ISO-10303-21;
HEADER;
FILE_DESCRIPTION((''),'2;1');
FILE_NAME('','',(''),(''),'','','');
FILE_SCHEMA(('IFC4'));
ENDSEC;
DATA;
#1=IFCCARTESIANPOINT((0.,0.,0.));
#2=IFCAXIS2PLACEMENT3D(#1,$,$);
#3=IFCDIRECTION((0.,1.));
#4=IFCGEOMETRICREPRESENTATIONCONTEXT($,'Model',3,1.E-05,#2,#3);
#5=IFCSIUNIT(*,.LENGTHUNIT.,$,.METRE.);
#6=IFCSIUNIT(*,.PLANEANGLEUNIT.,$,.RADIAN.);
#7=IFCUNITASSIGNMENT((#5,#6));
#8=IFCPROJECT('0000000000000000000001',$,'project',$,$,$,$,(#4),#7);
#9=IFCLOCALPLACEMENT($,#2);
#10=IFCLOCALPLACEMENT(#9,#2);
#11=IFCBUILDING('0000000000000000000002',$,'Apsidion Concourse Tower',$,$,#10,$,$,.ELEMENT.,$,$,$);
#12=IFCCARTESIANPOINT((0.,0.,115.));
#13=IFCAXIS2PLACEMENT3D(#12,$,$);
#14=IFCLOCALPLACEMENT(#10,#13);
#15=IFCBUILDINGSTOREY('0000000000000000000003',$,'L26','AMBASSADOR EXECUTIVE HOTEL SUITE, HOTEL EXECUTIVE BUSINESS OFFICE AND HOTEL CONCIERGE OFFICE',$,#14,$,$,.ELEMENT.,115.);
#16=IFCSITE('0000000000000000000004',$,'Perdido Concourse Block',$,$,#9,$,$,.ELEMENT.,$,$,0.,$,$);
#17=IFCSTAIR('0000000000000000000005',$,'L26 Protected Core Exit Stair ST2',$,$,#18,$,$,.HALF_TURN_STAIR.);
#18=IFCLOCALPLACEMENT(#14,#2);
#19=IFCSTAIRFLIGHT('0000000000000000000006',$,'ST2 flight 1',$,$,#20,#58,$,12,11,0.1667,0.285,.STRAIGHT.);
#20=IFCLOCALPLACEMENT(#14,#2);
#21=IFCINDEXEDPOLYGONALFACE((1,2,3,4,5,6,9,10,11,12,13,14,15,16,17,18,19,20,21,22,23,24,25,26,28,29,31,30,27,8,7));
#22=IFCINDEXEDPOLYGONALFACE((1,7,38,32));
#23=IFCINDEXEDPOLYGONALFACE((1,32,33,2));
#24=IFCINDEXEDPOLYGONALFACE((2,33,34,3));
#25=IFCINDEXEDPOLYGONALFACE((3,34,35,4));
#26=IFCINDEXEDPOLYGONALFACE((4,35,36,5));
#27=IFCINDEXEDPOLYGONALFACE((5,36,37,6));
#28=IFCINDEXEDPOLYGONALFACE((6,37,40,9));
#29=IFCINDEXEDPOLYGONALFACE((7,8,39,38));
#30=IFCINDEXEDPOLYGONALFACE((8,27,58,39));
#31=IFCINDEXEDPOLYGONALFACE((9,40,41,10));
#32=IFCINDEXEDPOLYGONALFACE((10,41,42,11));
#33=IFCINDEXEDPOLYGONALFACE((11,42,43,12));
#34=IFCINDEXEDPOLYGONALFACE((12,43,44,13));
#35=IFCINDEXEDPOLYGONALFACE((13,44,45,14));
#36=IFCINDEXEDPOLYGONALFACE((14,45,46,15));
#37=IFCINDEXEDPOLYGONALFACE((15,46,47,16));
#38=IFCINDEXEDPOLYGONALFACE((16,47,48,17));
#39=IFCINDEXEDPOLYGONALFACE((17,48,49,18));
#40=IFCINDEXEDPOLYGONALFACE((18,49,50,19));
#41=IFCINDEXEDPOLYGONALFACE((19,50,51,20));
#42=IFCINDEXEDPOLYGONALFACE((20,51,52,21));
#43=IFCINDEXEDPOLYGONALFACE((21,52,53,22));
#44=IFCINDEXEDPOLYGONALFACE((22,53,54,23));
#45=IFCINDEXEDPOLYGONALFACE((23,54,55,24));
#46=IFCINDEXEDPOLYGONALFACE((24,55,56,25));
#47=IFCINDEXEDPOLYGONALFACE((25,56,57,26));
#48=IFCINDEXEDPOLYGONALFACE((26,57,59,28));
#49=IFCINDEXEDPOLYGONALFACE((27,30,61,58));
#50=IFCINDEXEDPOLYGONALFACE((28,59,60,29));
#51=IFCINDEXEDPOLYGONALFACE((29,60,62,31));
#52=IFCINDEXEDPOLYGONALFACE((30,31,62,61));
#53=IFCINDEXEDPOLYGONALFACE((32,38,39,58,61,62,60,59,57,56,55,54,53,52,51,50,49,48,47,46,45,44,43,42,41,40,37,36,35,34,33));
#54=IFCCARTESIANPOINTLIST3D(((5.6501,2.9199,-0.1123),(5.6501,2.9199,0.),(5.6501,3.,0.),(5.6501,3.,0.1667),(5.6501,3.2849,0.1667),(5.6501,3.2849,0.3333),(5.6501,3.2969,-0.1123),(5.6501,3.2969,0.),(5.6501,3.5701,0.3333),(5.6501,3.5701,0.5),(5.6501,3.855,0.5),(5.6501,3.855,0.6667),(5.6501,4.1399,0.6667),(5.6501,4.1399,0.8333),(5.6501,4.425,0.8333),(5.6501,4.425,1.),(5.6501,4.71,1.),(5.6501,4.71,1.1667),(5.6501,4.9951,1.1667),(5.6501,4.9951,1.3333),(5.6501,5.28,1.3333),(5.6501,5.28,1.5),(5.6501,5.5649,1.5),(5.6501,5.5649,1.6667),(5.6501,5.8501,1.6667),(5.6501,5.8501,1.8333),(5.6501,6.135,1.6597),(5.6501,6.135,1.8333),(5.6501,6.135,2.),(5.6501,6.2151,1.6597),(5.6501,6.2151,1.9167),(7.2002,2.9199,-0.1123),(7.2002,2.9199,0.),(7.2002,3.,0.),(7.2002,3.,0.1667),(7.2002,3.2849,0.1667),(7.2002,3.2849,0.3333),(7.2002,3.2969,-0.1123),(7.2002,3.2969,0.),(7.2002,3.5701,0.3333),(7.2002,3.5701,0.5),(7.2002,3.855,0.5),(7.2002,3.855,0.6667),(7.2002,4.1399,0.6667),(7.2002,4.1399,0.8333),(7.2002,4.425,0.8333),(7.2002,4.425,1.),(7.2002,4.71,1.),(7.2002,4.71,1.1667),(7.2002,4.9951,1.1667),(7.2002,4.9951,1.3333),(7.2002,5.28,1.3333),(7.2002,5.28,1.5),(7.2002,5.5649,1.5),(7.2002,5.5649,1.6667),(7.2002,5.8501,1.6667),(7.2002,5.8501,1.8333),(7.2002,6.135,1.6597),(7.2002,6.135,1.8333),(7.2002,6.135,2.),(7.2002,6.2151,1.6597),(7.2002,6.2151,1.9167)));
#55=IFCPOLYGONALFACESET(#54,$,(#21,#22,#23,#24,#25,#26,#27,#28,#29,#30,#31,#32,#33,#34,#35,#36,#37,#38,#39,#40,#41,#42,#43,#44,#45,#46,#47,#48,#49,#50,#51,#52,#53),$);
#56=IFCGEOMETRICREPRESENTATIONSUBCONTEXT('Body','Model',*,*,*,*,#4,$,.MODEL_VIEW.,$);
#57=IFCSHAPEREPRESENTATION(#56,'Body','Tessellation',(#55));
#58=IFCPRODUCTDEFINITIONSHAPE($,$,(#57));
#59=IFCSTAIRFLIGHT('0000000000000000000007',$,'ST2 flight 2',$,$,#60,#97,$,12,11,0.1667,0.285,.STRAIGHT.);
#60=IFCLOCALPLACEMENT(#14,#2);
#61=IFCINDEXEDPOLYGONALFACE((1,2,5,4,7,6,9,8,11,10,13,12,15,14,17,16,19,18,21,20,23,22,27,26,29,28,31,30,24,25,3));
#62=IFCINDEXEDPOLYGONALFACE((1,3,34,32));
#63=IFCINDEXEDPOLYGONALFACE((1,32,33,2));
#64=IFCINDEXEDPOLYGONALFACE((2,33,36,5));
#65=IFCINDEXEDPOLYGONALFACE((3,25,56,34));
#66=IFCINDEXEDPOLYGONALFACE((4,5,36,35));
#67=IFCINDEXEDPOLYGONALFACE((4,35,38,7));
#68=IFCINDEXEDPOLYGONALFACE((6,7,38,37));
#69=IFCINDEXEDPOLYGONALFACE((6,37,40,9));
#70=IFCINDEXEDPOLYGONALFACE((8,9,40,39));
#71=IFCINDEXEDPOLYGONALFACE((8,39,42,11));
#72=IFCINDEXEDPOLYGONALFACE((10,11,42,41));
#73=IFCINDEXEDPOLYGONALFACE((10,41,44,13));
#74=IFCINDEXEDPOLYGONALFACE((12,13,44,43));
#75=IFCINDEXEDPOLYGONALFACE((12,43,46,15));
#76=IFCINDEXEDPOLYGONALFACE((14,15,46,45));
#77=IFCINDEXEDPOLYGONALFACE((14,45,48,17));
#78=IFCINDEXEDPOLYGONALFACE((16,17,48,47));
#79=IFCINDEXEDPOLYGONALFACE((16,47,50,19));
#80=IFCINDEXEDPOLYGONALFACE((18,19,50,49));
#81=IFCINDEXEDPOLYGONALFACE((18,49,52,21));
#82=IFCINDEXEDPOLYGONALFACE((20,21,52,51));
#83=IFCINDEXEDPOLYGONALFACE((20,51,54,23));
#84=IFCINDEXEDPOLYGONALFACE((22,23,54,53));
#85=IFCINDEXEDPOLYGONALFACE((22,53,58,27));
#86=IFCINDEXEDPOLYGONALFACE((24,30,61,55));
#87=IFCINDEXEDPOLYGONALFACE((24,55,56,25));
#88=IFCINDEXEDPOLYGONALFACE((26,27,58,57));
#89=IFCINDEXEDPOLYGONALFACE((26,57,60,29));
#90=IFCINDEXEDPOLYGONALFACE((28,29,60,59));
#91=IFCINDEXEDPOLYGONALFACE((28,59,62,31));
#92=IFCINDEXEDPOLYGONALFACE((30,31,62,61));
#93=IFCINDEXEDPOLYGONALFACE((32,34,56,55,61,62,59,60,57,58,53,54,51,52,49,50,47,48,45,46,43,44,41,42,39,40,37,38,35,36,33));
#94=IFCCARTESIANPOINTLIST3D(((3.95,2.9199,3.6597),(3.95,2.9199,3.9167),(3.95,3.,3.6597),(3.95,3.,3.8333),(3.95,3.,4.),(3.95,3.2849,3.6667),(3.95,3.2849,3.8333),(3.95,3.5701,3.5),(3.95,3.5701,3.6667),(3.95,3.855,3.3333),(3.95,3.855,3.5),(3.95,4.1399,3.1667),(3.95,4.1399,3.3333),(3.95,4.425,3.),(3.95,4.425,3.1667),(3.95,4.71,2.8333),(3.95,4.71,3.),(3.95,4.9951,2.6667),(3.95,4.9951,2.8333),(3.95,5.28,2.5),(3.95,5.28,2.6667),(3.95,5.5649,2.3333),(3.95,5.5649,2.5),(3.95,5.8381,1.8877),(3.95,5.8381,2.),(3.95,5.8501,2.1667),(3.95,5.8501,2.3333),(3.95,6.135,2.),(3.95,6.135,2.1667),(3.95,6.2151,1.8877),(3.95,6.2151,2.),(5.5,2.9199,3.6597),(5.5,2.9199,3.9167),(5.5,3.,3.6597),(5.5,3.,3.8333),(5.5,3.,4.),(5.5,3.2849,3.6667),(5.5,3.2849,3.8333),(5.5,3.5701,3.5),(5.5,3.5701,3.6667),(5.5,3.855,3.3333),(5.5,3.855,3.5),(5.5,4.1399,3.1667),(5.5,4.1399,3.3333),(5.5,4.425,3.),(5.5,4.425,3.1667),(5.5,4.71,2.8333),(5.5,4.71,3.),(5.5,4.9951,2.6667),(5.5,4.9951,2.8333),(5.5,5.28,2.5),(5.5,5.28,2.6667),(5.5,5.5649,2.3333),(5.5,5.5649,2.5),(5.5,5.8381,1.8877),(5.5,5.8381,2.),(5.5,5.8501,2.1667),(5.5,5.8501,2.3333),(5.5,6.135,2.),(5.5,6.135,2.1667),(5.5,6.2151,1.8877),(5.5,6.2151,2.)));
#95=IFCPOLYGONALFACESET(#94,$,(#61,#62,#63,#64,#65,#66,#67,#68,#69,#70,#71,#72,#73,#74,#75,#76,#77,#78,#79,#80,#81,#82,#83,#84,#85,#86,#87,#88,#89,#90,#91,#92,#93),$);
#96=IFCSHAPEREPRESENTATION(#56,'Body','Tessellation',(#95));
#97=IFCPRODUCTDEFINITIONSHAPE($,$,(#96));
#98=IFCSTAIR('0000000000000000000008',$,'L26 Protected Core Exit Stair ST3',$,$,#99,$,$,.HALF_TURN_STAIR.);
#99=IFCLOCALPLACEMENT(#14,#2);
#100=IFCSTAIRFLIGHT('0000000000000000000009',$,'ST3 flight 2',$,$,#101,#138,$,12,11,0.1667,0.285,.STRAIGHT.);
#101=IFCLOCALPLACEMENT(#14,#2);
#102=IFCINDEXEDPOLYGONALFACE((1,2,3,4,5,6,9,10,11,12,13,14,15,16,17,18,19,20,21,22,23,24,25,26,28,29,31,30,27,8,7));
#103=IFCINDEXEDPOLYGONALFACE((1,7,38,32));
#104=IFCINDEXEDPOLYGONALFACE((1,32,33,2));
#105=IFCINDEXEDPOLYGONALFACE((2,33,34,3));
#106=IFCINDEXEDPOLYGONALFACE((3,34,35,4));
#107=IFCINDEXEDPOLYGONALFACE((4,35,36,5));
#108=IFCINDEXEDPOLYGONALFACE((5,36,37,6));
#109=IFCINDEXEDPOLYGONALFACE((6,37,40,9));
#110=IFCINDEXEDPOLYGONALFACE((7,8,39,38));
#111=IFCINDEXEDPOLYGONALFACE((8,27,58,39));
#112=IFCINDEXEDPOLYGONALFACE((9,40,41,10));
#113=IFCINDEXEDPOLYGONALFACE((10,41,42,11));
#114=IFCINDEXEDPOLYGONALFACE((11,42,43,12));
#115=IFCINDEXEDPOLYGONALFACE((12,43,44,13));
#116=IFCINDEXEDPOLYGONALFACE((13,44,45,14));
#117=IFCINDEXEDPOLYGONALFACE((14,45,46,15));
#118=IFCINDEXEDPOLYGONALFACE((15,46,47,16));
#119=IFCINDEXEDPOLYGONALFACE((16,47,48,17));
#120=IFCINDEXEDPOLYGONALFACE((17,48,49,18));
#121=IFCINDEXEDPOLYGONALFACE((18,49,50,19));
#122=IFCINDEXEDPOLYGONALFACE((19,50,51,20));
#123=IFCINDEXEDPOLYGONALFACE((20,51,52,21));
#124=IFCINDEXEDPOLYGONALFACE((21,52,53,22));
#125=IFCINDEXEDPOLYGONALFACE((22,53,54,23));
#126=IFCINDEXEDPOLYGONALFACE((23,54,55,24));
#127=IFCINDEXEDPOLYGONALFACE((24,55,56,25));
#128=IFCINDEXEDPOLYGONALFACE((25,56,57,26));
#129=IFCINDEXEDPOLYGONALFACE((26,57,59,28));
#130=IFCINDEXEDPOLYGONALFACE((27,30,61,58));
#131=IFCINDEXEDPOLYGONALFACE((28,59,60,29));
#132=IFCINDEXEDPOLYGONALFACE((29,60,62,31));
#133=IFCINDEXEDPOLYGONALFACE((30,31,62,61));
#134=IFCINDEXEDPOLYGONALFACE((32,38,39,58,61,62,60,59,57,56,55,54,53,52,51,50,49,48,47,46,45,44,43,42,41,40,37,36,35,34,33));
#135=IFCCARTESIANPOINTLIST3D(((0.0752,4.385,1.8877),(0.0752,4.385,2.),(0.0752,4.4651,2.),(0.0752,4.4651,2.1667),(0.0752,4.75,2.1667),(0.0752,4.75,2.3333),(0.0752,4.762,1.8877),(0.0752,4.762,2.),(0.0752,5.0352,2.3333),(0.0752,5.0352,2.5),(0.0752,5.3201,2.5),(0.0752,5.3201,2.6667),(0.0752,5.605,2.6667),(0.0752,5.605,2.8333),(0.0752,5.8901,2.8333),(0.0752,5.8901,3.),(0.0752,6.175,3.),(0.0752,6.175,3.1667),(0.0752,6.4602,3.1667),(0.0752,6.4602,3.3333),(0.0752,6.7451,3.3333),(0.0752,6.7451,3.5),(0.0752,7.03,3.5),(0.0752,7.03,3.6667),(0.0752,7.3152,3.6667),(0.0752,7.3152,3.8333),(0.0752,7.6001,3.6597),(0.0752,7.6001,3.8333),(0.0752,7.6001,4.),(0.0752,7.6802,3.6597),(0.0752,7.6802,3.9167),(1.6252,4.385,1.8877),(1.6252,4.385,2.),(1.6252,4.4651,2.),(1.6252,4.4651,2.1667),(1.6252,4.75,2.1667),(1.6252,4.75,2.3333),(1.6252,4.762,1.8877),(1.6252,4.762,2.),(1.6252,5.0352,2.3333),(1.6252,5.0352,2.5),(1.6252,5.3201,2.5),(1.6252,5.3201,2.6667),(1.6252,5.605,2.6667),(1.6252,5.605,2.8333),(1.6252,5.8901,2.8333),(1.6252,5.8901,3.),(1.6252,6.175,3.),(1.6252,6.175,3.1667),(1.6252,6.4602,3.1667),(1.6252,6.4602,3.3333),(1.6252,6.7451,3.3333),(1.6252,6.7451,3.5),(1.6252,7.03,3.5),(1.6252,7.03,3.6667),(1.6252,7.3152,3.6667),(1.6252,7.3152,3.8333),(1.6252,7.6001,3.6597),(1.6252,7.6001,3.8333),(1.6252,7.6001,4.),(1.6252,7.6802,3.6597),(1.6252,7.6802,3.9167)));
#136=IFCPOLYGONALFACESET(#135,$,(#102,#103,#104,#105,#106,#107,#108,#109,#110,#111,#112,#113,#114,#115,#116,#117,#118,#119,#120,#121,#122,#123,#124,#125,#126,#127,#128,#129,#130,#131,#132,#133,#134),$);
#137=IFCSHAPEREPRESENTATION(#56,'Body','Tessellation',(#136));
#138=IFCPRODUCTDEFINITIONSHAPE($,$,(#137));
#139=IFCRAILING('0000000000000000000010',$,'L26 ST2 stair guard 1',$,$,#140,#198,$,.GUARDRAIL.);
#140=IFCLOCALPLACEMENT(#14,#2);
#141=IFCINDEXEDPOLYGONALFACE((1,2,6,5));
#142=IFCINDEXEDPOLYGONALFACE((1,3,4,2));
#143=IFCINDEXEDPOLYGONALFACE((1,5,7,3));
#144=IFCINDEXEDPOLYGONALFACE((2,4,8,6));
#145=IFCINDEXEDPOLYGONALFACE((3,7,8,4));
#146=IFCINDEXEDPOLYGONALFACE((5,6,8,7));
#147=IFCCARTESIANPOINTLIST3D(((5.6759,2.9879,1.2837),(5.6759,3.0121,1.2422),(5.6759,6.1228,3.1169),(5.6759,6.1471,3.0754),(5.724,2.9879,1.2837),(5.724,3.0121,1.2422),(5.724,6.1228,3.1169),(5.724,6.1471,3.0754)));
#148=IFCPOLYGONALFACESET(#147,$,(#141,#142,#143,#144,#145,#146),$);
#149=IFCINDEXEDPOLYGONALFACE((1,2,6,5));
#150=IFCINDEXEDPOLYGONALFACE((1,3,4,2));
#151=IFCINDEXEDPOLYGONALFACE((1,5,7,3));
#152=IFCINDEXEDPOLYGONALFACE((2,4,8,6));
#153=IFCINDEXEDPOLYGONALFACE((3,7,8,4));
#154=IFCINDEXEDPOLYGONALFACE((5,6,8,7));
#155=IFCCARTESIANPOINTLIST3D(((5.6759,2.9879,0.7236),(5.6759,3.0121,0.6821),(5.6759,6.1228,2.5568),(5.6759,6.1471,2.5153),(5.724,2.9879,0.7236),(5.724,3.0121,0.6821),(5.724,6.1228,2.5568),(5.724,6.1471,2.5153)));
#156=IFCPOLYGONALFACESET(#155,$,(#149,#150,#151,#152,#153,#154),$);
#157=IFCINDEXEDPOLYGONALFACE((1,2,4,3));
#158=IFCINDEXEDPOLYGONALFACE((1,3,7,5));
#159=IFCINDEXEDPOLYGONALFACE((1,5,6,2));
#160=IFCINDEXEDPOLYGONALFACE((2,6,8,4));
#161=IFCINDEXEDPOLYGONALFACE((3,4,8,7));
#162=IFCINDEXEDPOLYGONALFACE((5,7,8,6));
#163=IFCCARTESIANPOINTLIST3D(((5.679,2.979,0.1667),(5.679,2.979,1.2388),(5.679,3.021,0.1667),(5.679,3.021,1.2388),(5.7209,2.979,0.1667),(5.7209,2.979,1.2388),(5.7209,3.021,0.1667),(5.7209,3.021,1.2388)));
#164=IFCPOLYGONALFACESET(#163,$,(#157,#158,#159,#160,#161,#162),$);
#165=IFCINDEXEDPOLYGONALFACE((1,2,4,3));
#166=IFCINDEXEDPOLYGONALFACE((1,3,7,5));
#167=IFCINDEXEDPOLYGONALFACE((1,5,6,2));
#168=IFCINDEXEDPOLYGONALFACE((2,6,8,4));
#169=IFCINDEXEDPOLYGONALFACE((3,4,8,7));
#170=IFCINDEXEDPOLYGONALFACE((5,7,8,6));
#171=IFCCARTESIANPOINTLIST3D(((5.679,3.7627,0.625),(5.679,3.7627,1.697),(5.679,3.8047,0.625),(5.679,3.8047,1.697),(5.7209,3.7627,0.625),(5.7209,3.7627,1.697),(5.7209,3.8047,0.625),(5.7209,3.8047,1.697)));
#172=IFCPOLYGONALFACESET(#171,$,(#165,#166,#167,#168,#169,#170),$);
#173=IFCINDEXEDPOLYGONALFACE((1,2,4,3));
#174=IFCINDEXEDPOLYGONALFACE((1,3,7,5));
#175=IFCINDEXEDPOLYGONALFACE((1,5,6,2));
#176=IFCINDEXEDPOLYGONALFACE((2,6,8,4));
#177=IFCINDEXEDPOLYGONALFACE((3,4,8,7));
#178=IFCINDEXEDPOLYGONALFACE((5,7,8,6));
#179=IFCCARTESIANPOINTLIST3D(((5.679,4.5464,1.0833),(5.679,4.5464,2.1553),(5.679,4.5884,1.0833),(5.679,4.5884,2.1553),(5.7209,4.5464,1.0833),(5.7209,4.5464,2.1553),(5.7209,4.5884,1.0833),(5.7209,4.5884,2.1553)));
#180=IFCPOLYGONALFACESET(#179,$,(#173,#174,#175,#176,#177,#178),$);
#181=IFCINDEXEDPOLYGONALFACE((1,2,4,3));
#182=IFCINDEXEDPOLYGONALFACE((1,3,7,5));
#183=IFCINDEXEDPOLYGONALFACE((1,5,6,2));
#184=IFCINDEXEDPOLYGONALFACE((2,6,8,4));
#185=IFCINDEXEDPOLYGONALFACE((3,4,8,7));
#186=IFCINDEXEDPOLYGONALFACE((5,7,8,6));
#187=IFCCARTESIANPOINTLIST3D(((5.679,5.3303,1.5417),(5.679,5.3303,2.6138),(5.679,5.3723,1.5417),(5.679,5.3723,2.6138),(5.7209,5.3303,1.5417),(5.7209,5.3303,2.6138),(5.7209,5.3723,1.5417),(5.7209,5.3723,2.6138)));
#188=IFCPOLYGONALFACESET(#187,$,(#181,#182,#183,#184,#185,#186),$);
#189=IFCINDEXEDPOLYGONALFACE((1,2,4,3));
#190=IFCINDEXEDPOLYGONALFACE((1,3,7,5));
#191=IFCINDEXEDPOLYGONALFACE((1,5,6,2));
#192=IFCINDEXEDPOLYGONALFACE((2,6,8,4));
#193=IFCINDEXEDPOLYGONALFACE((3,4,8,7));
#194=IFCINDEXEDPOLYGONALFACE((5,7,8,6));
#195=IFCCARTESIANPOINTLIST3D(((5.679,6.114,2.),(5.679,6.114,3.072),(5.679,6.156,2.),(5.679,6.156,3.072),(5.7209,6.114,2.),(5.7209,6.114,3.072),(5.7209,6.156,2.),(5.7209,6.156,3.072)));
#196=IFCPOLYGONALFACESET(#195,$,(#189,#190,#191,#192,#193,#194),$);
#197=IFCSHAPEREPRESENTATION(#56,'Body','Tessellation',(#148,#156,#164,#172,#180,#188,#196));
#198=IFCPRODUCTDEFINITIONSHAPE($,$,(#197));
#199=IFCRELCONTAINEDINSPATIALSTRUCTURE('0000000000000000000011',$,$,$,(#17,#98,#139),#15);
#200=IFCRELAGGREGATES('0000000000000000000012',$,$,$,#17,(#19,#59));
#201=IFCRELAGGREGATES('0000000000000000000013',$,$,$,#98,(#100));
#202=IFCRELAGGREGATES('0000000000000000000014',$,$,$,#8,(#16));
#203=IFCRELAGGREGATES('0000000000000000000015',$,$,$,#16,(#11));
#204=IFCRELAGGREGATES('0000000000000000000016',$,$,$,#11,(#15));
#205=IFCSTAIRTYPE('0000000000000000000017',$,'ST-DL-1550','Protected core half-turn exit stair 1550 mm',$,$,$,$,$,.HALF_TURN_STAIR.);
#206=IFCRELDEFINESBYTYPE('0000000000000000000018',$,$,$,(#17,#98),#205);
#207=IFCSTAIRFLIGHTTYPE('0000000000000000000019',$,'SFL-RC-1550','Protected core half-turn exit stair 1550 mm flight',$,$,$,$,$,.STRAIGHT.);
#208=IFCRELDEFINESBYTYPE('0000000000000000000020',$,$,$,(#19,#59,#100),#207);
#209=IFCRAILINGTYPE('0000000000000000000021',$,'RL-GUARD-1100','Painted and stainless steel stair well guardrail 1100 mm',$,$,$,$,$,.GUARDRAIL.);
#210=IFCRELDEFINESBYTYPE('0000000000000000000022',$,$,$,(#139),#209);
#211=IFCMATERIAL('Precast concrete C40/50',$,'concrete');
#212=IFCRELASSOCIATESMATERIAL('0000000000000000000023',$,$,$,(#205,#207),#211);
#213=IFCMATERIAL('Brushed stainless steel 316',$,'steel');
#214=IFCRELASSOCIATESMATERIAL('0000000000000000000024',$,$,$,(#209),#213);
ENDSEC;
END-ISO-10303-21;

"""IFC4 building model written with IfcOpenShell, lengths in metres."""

from ifc_helpers import new_model, si_unit, direction, frame, origin, origin_2d, place, context, subcontext, project, spatial, polyline, rectangle, outline, extrude, material, type_object, element, aggregate, save


model = new_model("IFC4")

# Units and contexts
model_context = context("Model", 3, precision=1e-05, world=origin(), true_north=direction((0.0, 1.0)))
body_context = subcontext(model_context, "Body", "Model", "MODEL_VIEW")
ifc_project = project(units=[si_unit("LENGTHUNIT", "METRE"), si_unit("PLANEANGLEUNIT", "RADIAN")], contexts=[model_context])

# Site, building, storey
site_placement = place(None, origin())
site = spatial("IfcSite", under=ifc_project, at=site_placement, Name="Perdido Concourse Block", CompositionType="ELEMENT", RefElevation=0.0)
building_placement = place(site_placement, origin())
building = spatial("IfcBuilding", under=site, at=building_placement, Name="Apsidion Concourse Tower", CompositionType="ELEMENT")
storey_placement = place(building_placement, frame((0.0, 0.0, 115.0)))
storey = spatial("IfcBuildingStorey", under=building, at=storey_placement, Name="L26", Description="AMBASSADOR EXECUTIVE HOTEL SUITE, HOTEL EXECUTIVE BUSINESS OFFICE AND HOTEL CONCIERGE OFFICE", CompositionType="ELEMENT", Elevation=115.0)

# Stair, stair flights
ifc_material_1 = material(Name="Precast concrete C40/50", Category="concrete")
stair_type = type_object("IfcStairType", Name="ST-DL-1550", Description="Protected core half-turn exit stair 1550 mm", PredefinedType="HALF_TURN_STAIR", material=ifc_material_1)
stair_1_placement = place(storey_placement, origin())
stair_1 = element("IfcStair", 1, at=stair_1_placement, inside=storey, type_object=stair_type, Name="L26 Protected Core Exit Stair ST2", PredefinedType="HALF_TURN_STAIR")
stair_flight_type = type_object("IfcStairFlightType", Name="SFL-RC-1550", Description="Protected core half-turn exit stair 1550 mm flight", PredefinedType="STRAIGHT", material=ifc_material_1)
stair_flight_1_placement = place(storey_placement, frame((6.425, 3.0, 0.0), z_axis=(0.0, 0.0, 1.0), x_axis=(0.0, 1.0, 0.0)))
stair_flight_1 = element("IfcStairFlight", 2, at=stair_flight_1_placement, type_object=stair_flight_type, Name="ST2 flight 1", NumberOfRisers=12, NumberOfTreads=11, PredefinedType="STRAIGHT", RiserHeight=0.1667, TreadLength=0.285, context=body_context, shape_type="SweptSolid", body=[
    extrude(outline(polyline([(-0.0801, -0.1123), (-0.0801, 0.0), (0.0, 0.0), (0.0, 0.1667), (0.2849, 0.1667), (0.2849, 0.3333), (0.5701, 0.3333), (0.5701, 0.5), (0.855, 0.5), (0.855, 0.6667), (1.1399, 0.6667), (1.1399, 0.8333), (1.425, 0.8333), (1.425, 1.0), (1.71, 1.0), (1.71, 1.1667), (1.9951, 1.1667), (1.9951, 1.3333), (2.28, 1.3333), (2.28, 1.5), (2.5649, 1.5), (2.5649, 1.6667), (2.8501, 1.6667), (2.8501, 1.8333), (3.135, 1.8333), (3.135, 2.0), (3.2151, 1.9167), (3.2151, 1.6597), (3.135, 1.6597), (0.2969, 0.0), (0.2969, -0.1123), (-0.0801, -0.1123)])), frame((0.0, 0.7749, 0.0), z_axis=(0.0, -1.0, 0.0), x_axis=(1.0, 0.0, 0.0)), (0.0, 0.0, 1.0), 1.55),
])
stair_flight_2_placement = place(storey_placement, frame((4.7251, 6.135, 2.0), z_axis=(0.0, 0.0, 1.0), x_axis=(0.0, -1.0, 0.0)))
stair_flight_2 = element("IfcStairFlight", 3, at=stair_flight_2_placement, type_object=stair_flight_type, Name="ST2 flight 2", NumberOfRisers=12, NumberOfTreads=11, PredefinedType="STRAIGHT", RiserHeight=0.1667, TreadLength=0.285, context=body_context, shape_type="SweptSolid", body=[
    extrude(outline(polyline([(-0.0801, -0.1123), (-0.0801, 0.0), (0.0, 0.0), (0.0, 0.1667), (0.2849, 0.1667), (0.2849, 0.3333), (0.5701, 0.3333), (0.5701, 0.5), (0.855, 0.5), (0.855, 0.6667), (1.1399, 0.6667), (1.1399, 0.8333), (1.425, 0.8333), (1.425, 1.0), (1.71, 1.0), (1.71, 1.1667), (1.9951, 1.1667), (1.9951, 1.3333), (2.28, 1.3333), (2.28, 1.5), (2.5649, 1.5), (2.5649, 1.6667), (2.8501, 1.6667), (2.8501, 1.8333), (3.135, 1.8333), (3.135, 2.0), (3.2151, 1.9167), (3.2151, 1.6597), (3.135, 1.6597), (0.2969, 0.0), (0.2969, -0.1123), (-0.0801, -0.1123)])), frame((0.0, 0.7749, 0.0), z_axis=(0.0, -1.0, 0.0), x_axis=(1.0, 0.0, 0.0)), (0.0, 0.0, 1.0), 1.55),
])
aggregate(stair_1, [stair_flight_1, stair_flight_2])

# Stair, stair flight
stair_2_placement = place(storey_placement, origin())
stair_2 = element("IfcStair", 4, at=stair_2_placement, inside=storey, type_object=stair_type, Name="L26 Protected Core Exit Stair ST3", PredefinedType="HALF_TURN_STAIR")
stair_flight_3_placement = place(storey_placement, frame((0.8501, 4.4651, 2.0), z_axis=(0.0, 0.0, 1.0), x_axis=(0.0, 1.0, 0.0)))
stair_flight_3 = element("IfcStairFlight", 5, at=stair_flight_3_placement, type_object=stair_flight_type, Name="ST3 flight 2", NumberOfRisers=12, NumberOfTreads=11, PredefinedType="STRAIGHT", RiserHeight=0.1667, TreadLength=0.285, context=body_context, shape_type="SweptSolid", body=[
    extrude(outline(polyline([(-0.0801, -0.1123), (-0.0801, 0.0), (0.0, 0.0), (0.0, 0.1667), (0.2849, 0.1667), (0.2849, 0.3333), (0.5701, 0.3333), (0.5701, 0.5), (0.855, 0.5), (0.855, 0.6667), (1.1399, 0.6667), (1.1399, 0.8333), (1.425, 0.8333), (1.425, 1.0), (1.71, 1.0), (1.71, 1.1667), (1.9951, 1.1667), (1.9951, 1.3333), (2.28, 1.3333), (2.28, 1.5), (2.5649, 1.5), (2.5649, 1.6667), (2.8501, 1.6667), (2.8501, 1.8333), (3.135, 1.8333), (3.135, 2.0), (3.2151, 1.9167), (3.2151, 1.6597), (3.135, 1.6597), (0.2969, 0.0), (0.2969, -0.1123), (-0.0801, -0.1123)])), frame((0.0, 0.7749, 0.0), z_axis=(0.0, -1.0, 0.0), x_axis=(1.0, 0.0, 0.0)), (0.0, 0.0, 1.0), 1.55),
])
aggregate(stair_2, [stair_flight_3])

# Railing
ifc_material_2 = material(Name="Brushed stainless steel 316", Category="steel")
railing_type_1 = type_object("IfcRailingType", Name="RL-GUARD-1100", Description="Painted and stainless steel stair well guardrail 1100 mm", PredefinedType="GUARDRAIL", material=ifc_material_2)
railing_1_placement = place(storey_placement, frame((5.7, 3.0, 0.1667)))
element("IfcRailing", 6, at=railing_1_placement, inside=storey, type_object=railing_type_1, Name="L26 ST2 stair guard 1", PredefinedType="GUARDRAIL", context=body_context, shape_type="SweptSolid", body=[
    extrude(rectangle(XDim=0.0481, YDim=0.0481, at=origin_2d()), frame((0.0, 0.0, 1.0962), z_axis=(0.0, 0.86324, 0.504794), x_axis=(-1.0, 0.0, 0.0)), (0.0, 0.0, 1.0), 3.6316),
    extrude(rectangle(XDim=0.0481, YDim=0.0481, at=origin_2d()), frame((0.0, 0.0, 0.5361), z_axis=(0.0, 0.86324, 0.504794), x_axis=(-1.0, 0.0, 0.0)), (0.0, 0.0, 1.0), 3.6316),
    extrude(rectangle(XDim=0.042, YDim=0.042, at=origin_2d()), origin(), (0.0, 0.0, 1.0), 1.072),
    extrude(rectangle(XDim=0.042, YDim=0.042, at=origin_2d()), frame((0.0, 0.7837, 0.4583)), (0.0, 0.0, 1.0), 1.072),
    extrude(rectangle(XDim=0.042, YDim=0.042, at=origin_2d()), frame((0.0, 1.5674, 0.9165)), (0.0, 0.0, 1.0), 1.072),
    extrude(rectangle(XDim=0.042, YDim=0.042, at=origin_2d()), frame((0.0, 2.3513, 1.375)), (0.0, 0.0, 1.0), 1.072),
    extrude(rectangle(XDim=0.042, YDim=0.042, at=origin_2d()), frame((0.0, 3.135, 1.8333)), (0.0, 0.0, 1.0), 1.072),
])

save(model, "model.ifc")
